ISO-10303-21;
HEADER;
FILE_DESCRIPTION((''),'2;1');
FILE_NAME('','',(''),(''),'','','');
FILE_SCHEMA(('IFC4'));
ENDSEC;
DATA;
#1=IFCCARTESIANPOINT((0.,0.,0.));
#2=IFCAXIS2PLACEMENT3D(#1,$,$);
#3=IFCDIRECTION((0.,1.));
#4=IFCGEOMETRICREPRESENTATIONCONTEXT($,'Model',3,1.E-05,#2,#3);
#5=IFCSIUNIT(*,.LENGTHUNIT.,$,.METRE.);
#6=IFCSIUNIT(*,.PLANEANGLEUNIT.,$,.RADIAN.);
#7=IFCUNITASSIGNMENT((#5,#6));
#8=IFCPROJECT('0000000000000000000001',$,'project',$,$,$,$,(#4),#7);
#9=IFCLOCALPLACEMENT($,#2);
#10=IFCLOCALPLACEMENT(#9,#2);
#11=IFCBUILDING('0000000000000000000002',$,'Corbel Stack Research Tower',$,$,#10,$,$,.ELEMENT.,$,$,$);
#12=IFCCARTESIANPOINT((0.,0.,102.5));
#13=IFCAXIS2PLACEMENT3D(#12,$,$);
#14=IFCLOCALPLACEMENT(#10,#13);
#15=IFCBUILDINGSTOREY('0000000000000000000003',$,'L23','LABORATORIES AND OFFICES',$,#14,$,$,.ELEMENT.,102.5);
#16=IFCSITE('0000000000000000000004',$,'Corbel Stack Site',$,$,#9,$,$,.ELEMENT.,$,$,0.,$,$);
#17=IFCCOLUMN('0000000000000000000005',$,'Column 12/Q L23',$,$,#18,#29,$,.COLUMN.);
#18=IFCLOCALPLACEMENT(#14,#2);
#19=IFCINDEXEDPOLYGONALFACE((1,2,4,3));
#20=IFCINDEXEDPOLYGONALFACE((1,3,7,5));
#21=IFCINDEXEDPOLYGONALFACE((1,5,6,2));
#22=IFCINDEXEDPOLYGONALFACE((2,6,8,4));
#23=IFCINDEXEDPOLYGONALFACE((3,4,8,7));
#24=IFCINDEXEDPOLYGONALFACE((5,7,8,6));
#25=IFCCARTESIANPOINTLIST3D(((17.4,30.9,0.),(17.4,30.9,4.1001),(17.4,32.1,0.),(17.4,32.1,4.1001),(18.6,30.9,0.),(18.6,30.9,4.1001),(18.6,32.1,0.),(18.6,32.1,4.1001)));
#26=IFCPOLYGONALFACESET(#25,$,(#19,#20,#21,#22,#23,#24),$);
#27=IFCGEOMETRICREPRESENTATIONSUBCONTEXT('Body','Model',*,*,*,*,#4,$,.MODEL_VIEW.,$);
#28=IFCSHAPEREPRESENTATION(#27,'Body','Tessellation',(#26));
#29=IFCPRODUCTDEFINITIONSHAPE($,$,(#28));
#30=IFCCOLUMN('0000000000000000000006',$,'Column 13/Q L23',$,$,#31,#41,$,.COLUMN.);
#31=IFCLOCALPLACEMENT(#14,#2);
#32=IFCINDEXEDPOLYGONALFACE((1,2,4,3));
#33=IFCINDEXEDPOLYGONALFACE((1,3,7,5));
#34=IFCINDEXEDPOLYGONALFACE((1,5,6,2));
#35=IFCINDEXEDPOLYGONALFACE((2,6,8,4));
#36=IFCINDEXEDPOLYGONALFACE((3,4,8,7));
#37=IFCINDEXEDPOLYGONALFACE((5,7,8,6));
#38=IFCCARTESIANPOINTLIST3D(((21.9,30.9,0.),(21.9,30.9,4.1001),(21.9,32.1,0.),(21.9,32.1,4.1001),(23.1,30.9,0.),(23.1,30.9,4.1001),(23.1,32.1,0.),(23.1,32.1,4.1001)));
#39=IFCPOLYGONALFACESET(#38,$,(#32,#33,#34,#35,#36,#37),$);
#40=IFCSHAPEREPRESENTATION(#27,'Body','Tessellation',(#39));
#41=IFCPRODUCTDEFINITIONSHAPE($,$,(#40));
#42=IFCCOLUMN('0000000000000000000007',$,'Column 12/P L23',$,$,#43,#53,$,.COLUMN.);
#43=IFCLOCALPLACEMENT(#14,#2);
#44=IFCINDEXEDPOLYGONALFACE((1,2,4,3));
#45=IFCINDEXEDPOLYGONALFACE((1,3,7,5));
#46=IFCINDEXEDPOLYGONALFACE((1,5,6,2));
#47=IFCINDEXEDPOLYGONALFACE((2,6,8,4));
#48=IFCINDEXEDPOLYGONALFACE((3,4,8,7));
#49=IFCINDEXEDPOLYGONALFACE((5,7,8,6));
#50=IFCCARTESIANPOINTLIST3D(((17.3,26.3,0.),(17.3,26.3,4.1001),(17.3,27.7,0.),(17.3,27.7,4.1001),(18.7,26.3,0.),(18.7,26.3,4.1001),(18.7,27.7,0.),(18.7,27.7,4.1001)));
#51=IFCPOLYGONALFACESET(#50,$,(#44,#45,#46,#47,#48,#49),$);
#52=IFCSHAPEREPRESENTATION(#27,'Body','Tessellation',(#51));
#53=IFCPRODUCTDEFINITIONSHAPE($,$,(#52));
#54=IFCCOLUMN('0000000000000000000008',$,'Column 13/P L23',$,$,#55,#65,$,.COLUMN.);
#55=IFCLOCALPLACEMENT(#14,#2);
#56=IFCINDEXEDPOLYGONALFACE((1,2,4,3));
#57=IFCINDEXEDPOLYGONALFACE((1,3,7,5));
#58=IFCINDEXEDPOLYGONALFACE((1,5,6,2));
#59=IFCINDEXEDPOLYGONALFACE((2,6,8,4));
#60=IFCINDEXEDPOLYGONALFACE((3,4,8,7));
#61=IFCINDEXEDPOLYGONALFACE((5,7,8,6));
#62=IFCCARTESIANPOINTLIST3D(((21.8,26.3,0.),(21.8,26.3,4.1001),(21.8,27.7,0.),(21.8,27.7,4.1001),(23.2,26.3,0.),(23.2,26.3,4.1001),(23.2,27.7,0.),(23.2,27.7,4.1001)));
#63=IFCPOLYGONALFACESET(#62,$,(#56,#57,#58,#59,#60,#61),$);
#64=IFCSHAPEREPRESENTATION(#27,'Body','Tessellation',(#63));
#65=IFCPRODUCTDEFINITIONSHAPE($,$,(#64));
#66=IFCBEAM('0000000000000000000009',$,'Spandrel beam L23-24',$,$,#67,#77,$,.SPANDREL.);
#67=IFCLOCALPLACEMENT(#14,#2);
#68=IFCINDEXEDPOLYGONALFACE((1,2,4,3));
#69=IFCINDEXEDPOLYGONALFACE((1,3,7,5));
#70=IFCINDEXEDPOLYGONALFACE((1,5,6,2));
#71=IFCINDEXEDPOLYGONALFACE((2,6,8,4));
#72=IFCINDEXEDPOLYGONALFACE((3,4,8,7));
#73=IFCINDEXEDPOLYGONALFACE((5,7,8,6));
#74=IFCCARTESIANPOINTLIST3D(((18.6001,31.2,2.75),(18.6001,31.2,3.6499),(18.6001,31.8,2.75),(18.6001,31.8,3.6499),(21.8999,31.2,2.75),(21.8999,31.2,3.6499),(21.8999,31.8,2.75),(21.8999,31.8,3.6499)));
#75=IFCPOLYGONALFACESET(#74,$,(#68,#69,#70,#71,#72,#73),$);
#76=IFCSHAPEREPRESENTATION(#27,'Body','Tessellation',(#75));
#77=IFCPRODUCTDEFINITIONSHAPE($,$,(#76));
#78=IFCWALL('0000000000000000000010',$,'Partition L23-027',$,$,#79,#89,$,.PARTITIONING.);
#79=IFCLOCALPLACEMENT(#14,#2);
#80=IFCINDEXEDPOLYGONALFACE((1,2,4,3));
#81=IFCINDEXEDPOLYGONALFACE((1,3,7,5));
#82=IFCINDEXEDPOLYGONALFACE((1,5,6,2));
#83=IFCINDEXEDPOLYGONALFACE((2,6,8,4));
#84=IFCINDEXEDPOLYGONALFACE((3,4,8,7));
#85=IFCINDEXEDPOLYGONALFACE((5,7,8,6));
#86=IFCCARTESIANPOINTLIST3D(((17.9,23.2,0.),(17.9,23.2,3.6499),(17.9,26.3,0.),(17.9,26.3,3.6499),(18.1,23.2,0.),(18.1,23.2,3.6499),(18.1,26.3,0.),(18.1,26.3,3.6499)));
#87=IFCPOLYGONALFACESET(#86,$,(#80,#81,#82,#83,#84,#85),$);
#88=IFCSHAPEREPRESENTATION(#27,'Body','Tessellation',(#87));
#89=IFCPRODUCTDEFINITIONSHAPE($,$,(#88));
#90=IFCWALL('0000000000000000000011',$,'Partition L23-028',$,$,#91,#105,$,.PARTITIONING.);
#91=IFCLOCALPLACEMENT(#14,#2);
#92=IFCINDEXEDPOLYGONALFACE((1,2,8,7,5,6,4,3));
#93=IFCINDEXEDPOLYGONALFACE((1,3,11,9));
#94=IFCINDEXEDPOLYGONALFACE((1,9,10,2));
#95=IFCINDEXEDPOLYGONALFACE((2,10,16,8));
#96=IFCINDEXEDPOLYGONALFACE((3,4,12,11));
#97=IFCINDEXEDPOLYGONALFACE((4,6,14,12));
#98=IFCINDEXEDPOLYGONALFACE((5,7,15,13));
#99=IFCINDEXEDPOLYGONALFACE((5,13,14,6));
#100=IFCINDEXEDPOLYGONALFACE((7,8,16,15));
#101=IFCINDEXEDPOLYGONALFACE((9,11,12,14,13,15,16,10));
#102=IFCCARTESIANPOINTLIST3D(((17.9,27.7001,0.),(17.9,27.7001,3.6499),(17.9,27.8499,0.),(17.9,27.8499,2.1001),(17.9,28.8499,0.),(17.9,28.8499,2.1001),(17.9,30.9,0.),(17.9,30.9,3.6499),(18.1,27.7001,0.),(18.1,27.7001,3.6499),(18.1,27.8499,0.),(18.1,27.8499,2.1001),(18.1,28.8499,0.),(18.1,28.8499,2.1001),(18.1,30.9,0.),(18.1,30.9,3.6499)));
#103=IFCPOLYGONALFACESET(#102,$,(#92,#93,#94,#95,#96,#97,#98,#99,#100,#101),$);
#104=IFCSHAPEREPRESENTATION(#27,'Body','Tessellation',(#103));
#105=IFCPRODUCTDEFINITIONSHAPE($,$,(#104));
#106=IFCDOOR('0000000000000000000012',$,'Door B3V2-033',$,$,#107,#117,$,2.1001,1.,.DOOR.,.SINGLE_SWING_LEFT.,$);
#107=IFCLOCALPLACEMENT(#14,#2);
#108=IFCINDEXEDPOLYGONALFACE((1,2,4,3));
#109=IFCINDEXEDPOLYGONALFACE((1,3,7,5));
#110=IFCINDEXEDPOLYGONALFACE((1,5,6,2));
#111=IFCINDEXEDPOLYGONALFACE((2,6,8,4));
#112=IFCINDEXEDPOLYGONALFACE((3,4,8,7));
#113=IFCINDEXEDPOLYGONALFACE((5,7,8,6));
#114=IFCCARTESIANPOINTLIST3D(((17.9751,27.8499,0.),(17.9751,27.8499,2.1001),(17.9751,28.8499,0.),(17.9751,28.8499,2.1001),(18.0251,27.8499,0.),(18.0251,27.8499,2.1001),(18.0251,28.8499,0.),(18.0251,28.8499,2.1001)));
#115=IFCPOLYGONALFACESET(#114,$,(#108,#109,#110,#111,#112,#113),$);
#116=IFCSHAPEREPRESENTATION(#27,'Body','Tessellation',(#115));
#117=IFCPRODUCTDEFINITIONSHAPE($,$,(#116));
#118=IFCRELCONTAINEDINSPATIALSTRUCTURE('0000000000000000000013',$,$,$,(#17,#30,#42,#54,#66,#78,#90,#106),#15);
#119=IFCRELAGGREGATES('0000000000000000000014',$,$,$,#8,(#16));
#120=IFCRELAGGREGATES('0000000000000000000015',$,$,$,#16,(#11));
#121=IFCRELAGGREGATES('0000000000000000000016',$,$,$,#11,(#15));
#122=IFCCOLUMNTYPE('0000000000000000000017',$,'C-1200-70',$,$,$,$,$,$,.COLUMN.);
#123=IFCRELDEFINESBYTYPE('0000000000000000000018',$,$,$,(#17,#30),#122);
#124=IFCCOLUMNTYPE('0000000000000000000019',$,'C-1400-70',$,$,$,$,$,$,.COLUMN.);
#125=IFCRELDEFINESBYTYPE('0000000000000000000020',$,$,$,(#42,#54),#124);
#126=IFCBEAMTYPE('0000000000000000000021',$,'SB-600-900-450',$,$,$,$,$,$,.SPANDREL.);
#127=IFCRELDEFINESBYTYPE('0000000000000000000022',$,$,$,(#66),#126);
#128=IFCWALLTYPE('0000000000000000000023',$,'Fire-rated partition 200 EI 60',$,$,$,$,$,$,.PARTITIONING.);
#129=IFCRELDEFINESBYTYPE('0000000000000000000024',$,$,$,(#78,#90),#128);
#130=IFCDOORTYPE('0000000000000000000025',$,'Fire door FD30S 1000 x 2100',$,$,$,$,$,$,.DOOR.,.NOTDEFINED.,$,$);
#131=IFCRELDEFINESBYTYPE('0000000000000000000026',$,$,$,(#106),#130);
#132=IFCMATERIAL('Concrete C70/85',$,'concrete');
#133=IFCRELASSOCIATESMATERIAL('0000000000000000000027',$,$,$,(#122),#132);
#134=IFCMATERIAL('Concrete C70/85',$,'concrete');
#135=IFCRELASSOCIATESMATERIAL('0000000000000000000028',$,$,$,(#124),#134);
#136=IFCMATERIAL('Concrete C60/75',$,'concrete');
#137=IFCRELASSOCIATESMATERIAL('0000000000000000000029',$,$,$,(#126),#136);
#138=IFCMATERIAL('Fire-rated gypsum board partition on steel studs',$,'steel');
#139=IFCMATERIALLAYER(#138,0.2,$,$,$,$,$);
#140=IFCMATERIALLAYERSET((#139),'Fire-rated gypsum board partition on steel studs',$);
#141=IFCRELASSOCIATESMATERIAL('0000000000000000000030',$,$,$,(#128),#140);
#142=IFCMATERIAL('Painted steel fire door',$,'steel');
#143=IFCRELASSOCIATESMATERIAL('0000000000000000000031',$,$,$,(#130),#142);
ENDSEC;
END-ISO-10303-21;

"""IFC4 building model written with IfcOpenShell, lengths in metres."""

from ifc_helpers import new_model, si_unit, direction, frame, frame_2d, origin, origin_2d, place, context, subcontext, project, spatial, rectangle, extrude, material, layer, layer_set, material_profile, profile_set, type_object, element, fill, save


model = new_model("IFC4")

# Units and contexts
model_context = context("Model", 3, precision=1e-05, world=origin(), true_north=direction((0.0, 1.0)))
body_context = subcontext(model_context, "Body", "Model", "MODEL_VIEW")
ifc_project = project(units=[si_unit("LENGTHUNIT", "METRE"), si_unit("PLANEANGLEUNIT", "RADIAN")], contexts=[model_context])

# Site, building, storey
site_placement = place(None, origin())
site = spatial("IfcSite", under=ifc_project, at=site_placement, Name="Corbel Stack Site", CompositionType="ELEMENT", RefElevation=0.0)
building_placement = place(site_placement, origin())
building = spatial("IfcBuilding", under=site, at=building_placement, Name="Corbel Stack Research Tower", CompositionType="ELEMENT")
storey_placement = place(building_placement, frame((0.0, 0.0, 102.5)))
storey = spatial("IfcBuildingStorey", under=building, at=storey_placement, Name="L23", Description="LABORATORIES AND OFFICES", CompositionType="ELEMENT", Elevation=102.5)

# Columns
ifc_material_1 = material(Name="Concrete C70/85", Category="concrete")
ifc_material_profile_1 = material_profile(ifc_material_1, rectangle(XDim=1.2, YDim=1.2, at=origin_2d()), Name="RC 1200 x 1200")
ifc_profile_set_1 = profile_set([ifc_material_profile_1], Name="Concrete C70/85")
column_type_1 = type_object("IfcColumnType", Name="C-1200-70", PredefinedType="COLUMN", material=ifc_profile_set_1)
for number, where, z_axis, x_axis, name in (
    (1, (18.0, 31.5, 0.0), (0.0, 0.0, 1.0), (1.0, 0.0, 0.0), "Column 12/Q L23"),
    (2, (22.5, 31.5, 0.0), (0.0, 0.0, 1.0), (1.0, 0.0, 0.0), "Column 13/Q L23"),
):
    element("IfcColumn", number, at=place(storey_placement, frame(where, z_axis=z_axis, x_axis=x_axis)), inside=storey, type_object=column_type_1, Name=name, PredefinedType="COLUMN", context=body_context, shape_type="SweptSolid", body=[
        extrude(rectangle(XDim=1.2, YDim=1.2, at=origin_2d()), origin(), (0.0, 0.0, 1.0), 4.1001),
    ])
ifc_material_2 = material(Name="Concrete C70/85", Category="concrete")
ifc_material_profile_2 = material_profile(ifc_material_2, rectangle(XDim=1.3999, YDim=1.3999, at=origin_2d()), Name="RC 1400 x 1400")
ifc_profile_set_2 = profile_set([ifc_material_profile_2], Name="Concrete C70/85")
column_type_2 = type_object("IfcColumnType", Name="C-1400-70", PredefinedType="COLUMN", material=ifc_profile_set_2)
for number, where, z_axis, x_axis, name in (
    (3, (18.0, 27.0, 0.0), (0.0, 0.0, 1.0), (1.0, 0.0, 0.0), "Column 12/P L23"),
    (4, (22.5, 27.0, 0.0), (0.0, 0.0, 1.0), (1.0, 0.0, 0.0), "Column 13/P L23"),
):
    element("IfcColumn", number, at=place(storey_placement, frame(where, z_axis=z_axis, x_axis=x_axis)), inside=storey, type_object=column_type_2, Name=name, PredefinedType="COLUMN", context=body_context, shape_type="SweptSolid", body=[
        extrude(rectangle(XDim=1.3999, YDim=1.3999, at=origin_2d()), origin(), (0.0, 0.0, 1.0), 4.1001),
    ])

# Beam
ifc_material_3 = material(Name="Concrete C60/75", Category="concrete")
ifc_material_profile_3 = material_profile(ifc_material_3, rectangle(XDim=0.6001, YDim=0.8999, at=origin_2d()), Name="RC 600 x 900")
ifc_profile_set_3 = profile_set([ifc_material_profile_3], Name="Concrete C60/75")
beam_type = type_object("IfcBeamType", Name="SB-600-900-450", PredefinedType="SPANDREL", material=ifc_profile_set_3)
beam_placement = place(storey_placement, frame((21.8999, 31.5, 3.2), z_axis=(-1.0, 0.0, 0.0), x_axis=(0.0, -1.0, 0.0)))
element("IfcBeam", 5, at=beam_placement, inside=storey, type_object=beam_type, Name="Spandrel beam L23-24", PredefinedType="SPANDREL", context=body_context, shape_type="SweptSolid", body=[
    extrude(rectangle(XDim=0.6001, YDim=0.8999, at=origin_2d()), origin(), (0.0, 0.0, 1.0), 3.2998),
])

# Wall
ifc_material_4 = material(Name="Fire-rated gypsum board partition on steel studs", Category="steel")
ifc_layer_1 = layer(ifc_material_4, 0.2)
ifc_layer_set_1 = layer_set([ifc_layer_1], Name="Fire-rated gypsum board partition on steel studs")
wall_type_1 = type_object("IfcWallType", Name="Fire-rated partition 200 EI 60", PredefinedType="PARTITIONING", material=ifc_layer_set_1)
wall_1_placement = place(storey_placement, frame((18.0, 23.2, 0.0), z_axis=(0.0, 0.0, 1.0), x_axis=(0.0, 1.0, 0.0)))
element("IfcWall", 6, at=wall_1_placement, inside=storey, type_object=wall_type_1, Name="Partition L23-027", PredefinedType="PARTITIONING", context=body_context, shape_type="SweptSolid", body=[
    extrude(rectangle(XDim=3.1001, YDim=0.2, at=frame_2d((1.55, 0.0))), origin(), (0.0, 0.0, 1.0), 3.6499),
])

# Wall, opening, door
wall_2_placement = place(storey_placement, frame((18.0, 27.7, 0.0), z_axis=(0.0, 0.0, 1.0), x_axis=(0.0, 1.0, 0.0)))
wall_2 = element("IfcWall", 7, at=wall_2_placement, inside=storey, type_object=wall_type_1, Name="Partition L23-028", PredefinedType="PARTITIONING", context=body_context, shape_type="SweptSolid", body=[
    extrude(rectangle(XDim=3.2, YDim=0.2, at=frame_2d((1.6001, 0.0))), origin(), (0.0, 0.0, 1.0), 3.6499),
])
opening_1_placement = place(wall_2_placement, frame((0.1499, 0.0, 0.0)))
opening_1 = element("IfcOpeningElement", 8, at=opening_1_placement, cuts=wall_2, PredefinedType="OPENING", context=body_context, shape_type="SweptSolid", body=[
    extrude(rectangle(XDim=1.0, YDim=2.1001, at=frame_2d((0.5, 1.05))), frame((0.0, 0.1099, 0.0), z_axis=(0.0, -1.0, 0.0), x_axis=(1.0, 0.0, 0.0)), (0.0, 0.0, 1.0), 0.22),
])
ifc_material_5 = material(Name="Painted steel fire door", Category="steel")
door_type_1 = type_object("IfcDoorType", Name="Fire door FD30S 1000 x 2100", OperationType="NOTDEFINED", PredefinedType="DOOR", material=ifc_material_5)
door_1_placement = place(opening_1_placement, origin())
door_1 = element("IfcDoor", 9, at=door_1_placement, inside=storey, type_object=door_type_1, Name="Door B3V2-033", OperationType="SINGLE_SWING_LEFT", OverallHeight=2.1001, OverallWidth=1.0, PredefinedType="DOOR", context=body_context, shape_type="SweptSolid", body=[
    extrude(rectangle(XDim=1.0, YDim=2.1001, at=frame_2d((0.5, 1.05))), frame((0.0, 0.0249, 0.0), z_axis=(0.0, -1.0, 0.0), x_axis=(1.0, 0.0, 0.0)), (0.0, 0.0, 1.0), 0.05),
])
fill(opening_1, door_1)

save(model, "model.ifc")
